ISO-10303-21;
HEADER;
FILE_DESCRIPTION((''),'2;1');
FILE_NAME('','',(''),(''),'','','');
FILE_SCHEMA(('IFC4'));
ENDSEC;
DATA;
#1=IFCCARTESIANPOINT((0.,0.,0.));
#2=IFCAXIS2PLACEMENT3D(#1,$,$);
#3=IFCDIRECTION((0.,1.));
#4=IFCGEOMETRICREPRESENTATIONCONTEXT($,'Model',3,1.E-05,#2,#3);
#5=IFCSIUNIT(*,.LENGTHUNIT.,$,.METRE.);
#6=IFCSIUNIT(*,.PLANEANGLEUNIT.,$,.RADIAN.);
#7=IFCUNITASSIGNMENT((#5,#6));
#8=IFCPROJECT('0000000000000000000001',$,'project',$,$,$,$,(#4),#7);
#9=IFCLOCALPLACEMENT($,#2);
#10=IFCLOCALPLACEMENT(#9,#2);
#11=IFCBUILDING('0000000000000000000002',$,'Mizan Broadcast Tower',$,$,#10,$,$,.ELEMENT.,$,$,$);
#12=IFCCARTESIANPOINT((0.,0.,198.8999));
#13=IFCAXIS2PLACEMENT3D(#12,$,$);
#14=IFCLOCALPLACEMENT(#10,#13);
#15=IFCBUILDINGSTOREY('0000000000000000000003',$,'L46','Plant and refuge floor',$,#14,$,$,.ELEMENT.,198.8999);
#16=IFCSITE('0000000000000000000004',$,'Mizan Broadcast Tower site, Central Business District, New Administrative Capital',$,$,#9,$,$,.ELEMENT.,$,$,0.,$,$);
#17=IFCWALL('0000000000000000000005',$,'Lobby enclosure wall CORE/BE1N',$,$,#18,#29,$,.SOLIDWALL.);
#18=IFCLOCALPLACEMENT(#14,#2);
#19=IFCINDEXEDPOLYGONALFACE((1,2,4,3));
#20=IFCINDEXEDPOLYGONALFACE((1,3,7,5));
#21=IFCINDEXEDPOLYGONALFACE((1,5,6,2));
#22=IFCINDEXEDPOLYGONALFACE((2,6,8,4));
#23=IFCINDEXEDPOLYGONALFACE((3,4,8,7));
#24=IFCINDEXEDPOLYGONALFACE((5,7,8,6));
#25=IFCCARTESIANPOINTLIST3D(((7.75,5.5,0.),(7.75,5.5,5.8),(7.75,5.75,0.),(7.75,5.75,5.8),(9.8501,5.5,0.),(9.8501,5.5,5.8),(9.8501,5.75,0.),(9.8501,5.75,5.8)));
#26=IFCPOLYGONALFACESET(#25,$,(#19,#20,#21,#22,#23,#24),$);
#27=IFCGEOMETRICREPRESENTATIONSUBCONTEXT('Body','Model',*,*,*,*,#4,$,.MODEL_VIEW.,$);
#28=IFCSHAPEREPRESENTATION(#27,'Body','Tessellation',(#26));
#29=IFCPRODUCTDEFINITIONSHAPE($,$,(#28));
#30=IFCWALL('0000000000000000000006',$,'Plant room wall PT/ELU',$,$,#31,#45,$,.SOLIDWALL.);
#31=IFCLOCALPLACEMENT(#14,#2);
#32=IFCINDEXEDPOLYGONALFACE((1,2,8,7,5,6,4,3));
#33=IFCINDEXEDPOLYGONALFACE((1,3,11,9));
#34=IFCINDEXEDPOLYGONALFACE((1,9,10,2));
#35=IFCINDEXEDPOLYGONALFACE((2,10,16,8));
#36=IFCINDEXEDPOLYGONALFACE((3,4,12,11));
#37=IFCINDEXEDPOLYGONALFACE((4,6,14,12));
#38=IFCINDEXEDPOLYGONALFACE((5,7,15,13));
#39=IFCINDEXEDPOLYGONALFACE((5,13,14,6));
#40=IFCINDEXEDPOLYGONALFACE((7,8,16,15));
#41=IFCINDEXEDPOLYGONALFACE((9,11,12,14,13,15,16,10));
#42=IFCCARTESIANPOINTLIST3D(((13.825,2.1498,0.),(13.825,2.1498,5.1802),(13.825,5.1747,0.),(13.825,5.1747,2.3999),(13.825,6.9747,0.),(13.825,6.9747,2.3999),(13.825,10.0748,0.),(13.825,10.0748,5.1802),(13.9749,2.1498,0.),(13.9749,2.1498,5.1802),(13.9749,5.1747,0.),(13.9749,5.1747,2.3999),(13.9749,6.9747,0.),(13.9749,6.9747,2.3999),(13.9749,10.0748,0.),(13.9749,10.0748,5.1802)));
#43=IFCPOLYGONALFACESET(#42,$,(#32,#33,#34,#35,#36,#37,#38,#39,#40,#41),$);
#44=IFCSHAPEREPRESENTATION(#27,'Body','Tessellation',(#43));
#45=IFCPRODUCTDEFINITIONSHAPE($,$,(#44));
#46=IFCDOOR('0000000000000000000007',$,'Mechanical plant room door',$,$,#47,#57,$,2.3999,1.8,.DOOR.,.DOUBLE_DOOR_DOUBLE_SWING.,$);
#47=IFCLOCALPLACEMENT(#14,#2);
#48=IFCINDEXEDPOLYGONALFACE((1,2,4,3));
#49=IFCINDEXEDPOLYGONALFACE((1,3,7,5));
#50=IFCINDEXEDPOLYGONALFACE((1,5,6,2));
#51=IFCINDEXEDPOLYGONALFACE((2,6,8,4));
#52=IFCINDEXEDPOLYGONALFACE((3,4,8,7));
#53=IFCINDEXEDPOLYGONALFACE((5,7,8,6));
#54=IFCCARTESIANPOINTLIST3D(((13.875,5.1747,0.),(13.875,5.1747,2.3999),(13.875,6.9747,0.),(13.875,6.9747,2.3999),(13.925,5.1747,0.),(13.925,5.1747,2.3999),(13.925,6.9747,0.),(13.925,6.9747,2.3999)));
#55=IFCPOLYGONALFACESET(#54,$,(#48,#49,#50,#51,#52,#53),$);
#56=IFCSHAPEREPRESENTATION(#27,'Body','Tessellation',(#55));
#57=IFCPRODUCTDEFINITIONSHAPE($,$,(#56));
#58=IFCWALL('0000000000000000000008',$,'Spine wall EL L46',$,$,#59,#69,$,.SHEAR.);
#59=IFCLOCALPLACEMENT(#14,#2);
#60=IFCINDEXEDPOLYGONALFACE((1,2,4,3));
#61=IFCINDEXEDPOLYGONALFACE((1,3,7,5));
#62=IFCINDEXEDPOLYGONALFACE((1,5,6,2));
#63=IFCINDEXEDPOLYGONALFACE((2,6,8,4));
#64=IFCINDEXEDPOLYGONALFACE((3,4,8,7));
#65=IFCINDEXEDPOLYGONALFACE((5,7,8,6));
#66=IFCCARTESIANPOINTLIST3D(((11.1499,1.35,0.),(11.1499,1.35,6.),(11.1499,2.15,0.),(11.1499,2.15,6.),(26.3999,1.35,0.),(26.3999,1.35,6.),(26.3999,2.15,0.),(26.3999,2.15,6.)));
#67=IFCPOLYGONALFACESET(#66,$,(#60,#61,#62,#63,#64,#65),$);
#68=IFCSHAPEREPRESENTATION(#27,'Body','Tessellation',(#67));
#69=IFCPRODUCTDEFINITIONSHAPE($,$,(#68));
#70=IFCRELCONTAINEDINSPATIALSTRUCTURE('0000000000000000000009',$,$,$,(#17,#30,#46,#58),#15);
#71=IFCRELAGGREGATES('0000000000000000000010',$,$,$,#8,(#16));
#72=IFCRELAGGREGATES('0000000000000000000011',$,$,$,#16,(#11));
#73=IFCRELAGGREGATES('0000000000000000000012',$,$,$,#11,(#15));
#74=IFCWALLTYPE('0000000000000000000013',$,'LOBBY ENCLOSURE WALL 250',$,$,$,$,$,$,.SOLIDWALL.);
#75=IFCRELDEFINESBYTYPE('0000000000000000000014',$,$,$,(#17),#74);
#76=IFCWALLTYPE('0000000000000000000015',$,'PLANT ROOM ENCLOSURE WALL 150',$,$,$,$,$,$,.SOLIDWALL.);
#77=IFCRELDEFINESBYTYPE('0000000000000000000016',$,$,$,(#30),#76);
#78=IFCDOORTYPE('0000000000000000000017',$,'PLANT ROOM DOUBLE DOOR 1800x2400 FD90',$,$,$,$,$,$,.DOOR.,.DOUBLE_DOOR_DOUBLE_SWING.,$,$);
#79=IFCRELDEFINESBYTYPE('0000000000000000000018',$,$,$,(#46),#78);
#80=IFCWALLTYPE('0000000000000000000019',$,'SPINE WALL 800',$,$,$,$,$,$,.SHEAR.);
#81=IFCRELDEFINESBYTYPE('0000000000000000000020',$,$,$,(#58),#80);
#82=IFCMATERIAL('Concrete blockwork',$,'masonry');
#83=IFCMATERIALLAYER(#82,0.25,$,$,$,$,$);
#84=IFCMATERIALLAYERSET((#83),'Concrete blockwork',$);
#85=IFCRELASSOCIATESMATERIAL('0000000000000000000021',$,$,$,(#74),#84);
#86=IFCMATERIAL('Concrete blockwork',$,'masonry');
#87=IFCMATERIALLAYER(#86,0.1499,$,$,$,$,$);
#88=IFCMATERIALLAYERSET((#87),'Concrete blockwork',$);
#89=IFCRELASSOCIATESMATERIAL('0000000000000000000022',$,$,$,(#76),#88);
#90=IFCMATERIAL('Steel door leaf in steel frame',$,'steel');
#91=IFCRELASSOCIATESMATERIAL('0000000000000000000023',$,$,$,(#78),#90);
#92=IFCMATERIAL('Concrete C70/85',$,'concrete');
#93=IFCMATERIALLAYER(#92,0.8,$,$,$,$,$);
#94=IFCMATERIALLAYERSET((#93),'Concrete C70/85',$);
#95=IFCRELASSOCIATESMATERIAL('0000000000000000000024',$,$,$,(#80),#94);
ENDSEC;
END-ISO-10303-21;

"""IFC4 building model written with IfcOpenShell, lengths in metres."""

from ifc_helpers import new_model, si_unit, direction, frame, frame_2d, origin, place, context, subcontext, project, spatial, rectangle, extrude, material, layer, layer_set, type_object, element, fill, save


model = new_model("IFC4")

# Units and contexts
model_context = context("Model", 3, precision=1e-05, world=origin(), true_north=direction((0.0, 1.0)))
body_context = subcontext(model_context, "Body", "Model", "MODEL_VIEW")
ifc_project = project(units=[si_unit("LENGTHUNIT", "METRE"), si_unit("PLANEANGLEUNIT", "RADIAN")], contexts=[model_context])

# Site, building, storey
site_placement = place(None, origin())
site = spatial("IfcSite", under=ifc_project, at=site_placement, Name="Mizan Broadcast Tower site, Central Business District, New Administrative Capital", CompositionType="ELEMENT", RefElevation=0.0)
building_placement = place(site_placement, origin())
building = spatial("IfcBuilding", under=site, at=building_placement, Name="Mizan Broadcast Tower", CompositionType="ELEMENT")
storey_placement = place(building_placement, frame((0.0, 0.0, 198.8999)))
storey = spatial("IfcBuildingStorey", under=building, at=storey_placement, Name="L46", Description="Plant and refuge floor", CompositionType="ELEMENT", Elevation=198.8999)

# Shared definitions
ifc_material_1 = material(Name="Concrete blockwork", Category="masonry")
ifc_layer_1 = layer(ifc_material_1, 0.25)
ifc_layer_set_1 = layer_set([ifc_layer_1], Name="Concrete blockwork")
wall_type_1 = type_object("IfcWallType", Name="LOBBY ENCLOSURE WALL 250", PredefinedType="SOLIDWALL", material=ifc_layer_set_1)

# Wall
wall_1_placement = place(storey_placement, frame((7.75, 5.625, 0.0), z_axis=(0.0, 0.0, 1.0), x_axis=(1.0, 0.0, 0.0)))
element("IfcWall", 1, at=wall_1_placement, inside=storey, type_object=wall_type_1, Name="Lobby enclosure wall CORE/BE1N", PredefinedType="SOLIDWALL", context=body_context, shape_type="SweptSolid", body=[
    extrude(rectangle(XDim=2.1001, YDim=0.25, at=frame_2d((1.05, 0.0))), origin(), (0.0, 0.0, 1.0), 5.8),
])

# Wall, opening, door
ifc_material_2 = material(Name="Concrete blockwork", Category="masonry")
ifc_layer_2 = layer(ifc_material_2, 0.1499)
ifc_layer_set_2 = layer_set([ifc_layer_2], Name="Concrete blockwork")
wall_type_2 = type_object("IfcWallType", Name="PLANT ROOM ENCLOSURE WALL 150", PredefinedType="SOLIDWALL", material=ifc_layer_set_2)
wall_2_placement = place(storey_placement, frame((13.8999, 2.1499, 0.0), z_axis=(0.0, 0.0, 1.0), x_axis=(0.0, 1.0, 0.0)))
wall_2 = element("IfcWall", 2, at=wall_2_placement, inside=storey, type_object=wall_type_2, Name="Plant room wall PT/ELU", PredefinedType="SOLIDWALL", context=body_context, shape_type="SweptSolid", body=[
    extrude(rectangle(XDim=7.925, YDim=0.1499, at=frame_2d((3.9624, 0.0))), origin(), (0.0, 0.0, 1.0), 5.1802),
])
opening_1_placement = place(wall_2_placement, frame((3.0249, 0.0, 0.0)))
opening_1 = element("IfcOpeningElement", 3, at=opening_1_placement, cuts=wall_2, PredefinedType="OPENING", context=body_context, shape_type="SweptSolid", body=[
    extrude(rectangle(XDim=1.8, YDim=2.3999, at=frame_2d((0.8999, 1.2))), frame((0.0, 0.085, 0.0), z_axis=(0.0, -1.0, 0.0), x_axis=(1.0, 0.0, 0.0)), (0.0, 0.0, 1.0), 0.1699),
])
ifc_material_3 = material(Name="Steel door leaf in steel frame", Category="steel")
door_type_1 = type_object("IfcDoorType", Name="PLANT ROOM DOUBLE DOOR 1800x2400 FD90", OperationType="DOUBLE_DOOR_DOUBLE_SWING", PredefinedType="DOOR", material=ifc_material_3)
door_1_placement = place(opening_1_placement, origin())
door_1 = element("IfcDoor", 4, at=door_1_placement, inside=storey, type_object=door_type_1, Name="Mechanical plant room door", OperationType="DOUBLE_DOOR_DOUBLE_SWING", OverallHeight=2.3999, OverallWidth=1.8, PredefinedType="DOOR", context=body_context, shape_type="SweptSolid", body=[
    extrude(rectangle(XDim=1.8, YDim=2.3999, at=frame_2d((0.8999, 1.2))), frame((0.0, 0.0249, 0.0), z_axis=(0.0, -1.0, 0.0), x_axis=(1.0, 0.0, 0.0)), (0.0, 0.0, 1.0), 0.05),
])
fill(opening_1, door_1)

# Wall
ifc_material_4 = material(Name="Concrete C70/85", Category="concrete")
ifc_layer_3 = layer(ifc_material_4, 0.8)
ifc_layer_set_3 = layer_set([ifc_layer_3], Name="Concrete C70/85")
wall_type_3 = type_object("IfcWallType", Name="SPINE WALL 800", PredefinedType="SHEAR", material=ifc_layer_set_3)
wall_3_placement = place(storey_placement, frame((11.1499, 1.75, 0.0), z_axis=(0.0, 0.0, 1.0), x_axis=(1.0, 0.0, 0.0)))
element("IfcWall", 5, at=wall_3_placement, inside=storey, type_object=wall_type_3, Name="Spine wall EL L46", PredefinedType="SHEAR", context=body_context, shape_type="SweptSolid", body=[
    extrude(rectangle(XDim=15.25, YDim=0.8, at=frame_2d((7.625, 0.0))), origin(), (0.0, 0.0, 1.0), 6.0),
])

save(model, "model.ifc")
